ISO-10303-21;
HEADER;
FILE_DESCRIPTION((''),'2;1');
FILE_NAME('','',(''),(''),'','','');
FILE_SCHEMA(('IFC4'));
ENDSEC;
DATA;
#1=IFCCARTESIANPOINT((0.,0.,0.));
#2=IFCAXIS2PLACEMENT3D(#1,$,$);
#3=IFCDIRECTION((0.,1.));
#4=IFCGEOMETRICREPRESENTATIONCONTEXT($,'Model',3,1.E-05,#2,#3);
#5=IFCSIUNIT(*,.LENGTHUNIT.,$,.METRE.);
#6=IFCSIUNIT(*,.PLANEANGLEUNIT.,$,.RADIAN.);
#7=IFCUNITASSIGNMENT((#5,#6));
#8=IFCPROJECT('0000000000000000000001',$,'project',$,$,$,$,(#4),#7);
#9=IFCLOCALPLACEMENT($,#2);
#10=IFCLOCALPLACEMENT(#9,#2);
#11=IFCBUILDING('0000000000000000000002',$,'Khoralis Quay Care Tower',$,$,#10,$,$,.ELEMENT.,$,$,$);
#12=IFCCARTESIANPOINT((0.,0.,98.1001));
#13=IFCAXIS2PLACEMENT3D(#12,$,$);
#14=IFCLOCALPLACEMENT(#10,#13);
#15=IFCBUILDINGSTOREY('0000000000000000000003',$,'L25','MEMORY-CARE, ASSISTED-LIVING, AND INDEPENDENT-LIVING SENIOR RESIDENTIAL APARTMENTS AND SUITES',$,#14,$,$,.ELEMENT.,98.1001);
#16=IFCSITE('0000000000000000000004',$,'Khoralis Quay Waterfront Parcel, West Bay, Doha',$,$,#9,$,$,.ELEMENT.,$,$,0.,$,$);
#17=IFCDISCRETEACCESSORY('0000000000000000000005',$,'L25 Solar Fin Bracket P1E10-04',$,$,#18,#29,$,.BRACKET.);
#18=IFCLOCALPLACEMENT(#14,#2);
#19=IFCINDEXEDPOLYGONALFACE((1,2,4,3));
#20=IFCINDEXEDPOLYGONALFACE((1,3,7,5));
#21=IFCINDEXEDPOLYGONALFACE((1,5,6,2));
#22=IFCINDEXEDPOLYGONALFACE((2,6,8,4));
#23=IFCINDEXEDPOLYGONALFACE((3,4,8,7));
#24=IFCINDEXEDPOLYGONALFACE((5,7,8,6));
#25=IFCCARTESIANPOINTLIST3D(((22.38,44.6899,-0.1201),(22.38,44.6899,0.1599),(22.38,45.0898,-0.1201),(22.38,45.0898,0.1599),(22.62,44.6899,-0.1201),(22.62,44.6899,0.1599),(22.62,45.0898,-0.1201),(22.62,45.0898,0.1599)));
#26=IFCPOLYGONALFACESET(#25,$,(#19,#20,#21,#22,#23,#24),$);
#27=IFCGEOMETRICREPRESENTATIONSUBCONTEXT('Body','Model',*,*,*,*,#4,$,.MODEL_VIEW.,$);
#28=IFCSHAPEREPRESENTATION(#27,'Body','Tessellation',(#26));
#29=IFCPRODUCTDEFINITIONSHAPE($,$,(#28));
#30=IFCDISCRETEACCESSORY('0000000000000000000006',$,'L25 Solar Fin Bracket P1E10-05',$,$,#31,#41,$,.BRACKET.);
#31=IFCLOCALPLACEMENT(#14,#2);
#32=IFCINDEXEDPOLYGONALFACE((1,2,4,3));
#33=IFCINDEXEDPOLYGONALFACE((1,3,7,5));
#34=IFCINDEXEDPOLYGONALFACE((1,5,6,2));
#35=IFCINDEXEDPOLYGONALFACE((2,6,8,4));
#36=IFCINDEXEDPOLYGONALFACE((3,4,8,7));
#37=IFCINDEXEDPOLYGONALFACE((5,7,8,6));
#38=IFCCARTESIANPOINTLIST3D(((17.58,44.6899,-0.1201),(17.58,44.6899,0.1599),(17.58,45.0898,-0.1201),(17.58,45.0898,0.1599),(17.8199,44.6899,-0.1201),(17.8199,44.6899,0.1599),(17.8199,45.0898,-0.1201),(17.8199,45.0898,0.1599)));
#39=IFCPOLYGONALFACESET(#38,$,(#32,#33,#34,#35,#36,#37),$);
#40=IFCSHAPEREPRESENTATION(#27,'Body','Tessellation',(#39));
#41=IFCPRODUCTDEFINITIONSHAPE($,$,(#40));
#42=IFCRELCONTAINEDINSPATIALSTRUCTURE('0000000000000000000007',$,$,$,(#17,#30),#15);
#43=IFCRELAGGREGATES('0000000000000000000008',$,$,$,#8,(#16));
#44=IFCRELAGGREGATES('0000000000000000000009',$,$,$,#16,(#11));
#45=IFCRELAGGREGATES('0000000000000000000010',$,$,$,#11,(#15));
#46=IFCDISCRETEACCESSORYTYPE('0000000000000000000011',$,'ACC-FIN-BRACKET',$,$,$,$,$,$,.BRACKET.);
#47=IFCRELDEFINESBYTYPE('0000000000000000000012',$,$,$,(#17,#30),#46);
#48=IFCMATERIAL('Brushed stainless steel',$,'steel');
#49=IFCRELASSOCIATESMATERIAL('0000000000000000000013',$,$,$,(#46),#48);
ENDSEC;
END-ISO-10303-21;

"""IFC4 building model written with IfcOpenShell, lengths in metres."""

from ifc_helpers import new_model, si_unit, direction, frame, origin, origin_2d, place, context, subcontext, project, spatial, rectangle, extrude, source, transform, mapped, material, type_object, element, save


model = new_model("IFC4")

# Units and contexts
model_context = context("Model", 3, precision=1e-05, world=origin(), true_north=direction((0.0, 1.0)))
body_context = subcontext(model_context, "Body", "Model", "MODEL_VIEW")
ifc_project = project(units=[si_unit("LENGTHUNIT", "METRE"), si_unit("PLANEANGLEUNIT", "RADIAN")], contexts=[model_context])

# Site, building, storey
site_placement = place(None, origin())
site = spatial("IfcSite", under=ifc_project, at=site_placement, Name="Khoralis Quay Waterfront Parcel, West Bay, Doha", CompositionType="ELEMENT", RefElevation=0.0)
building_placement = place(site_placement, origin())
building = spatial("IfcBuilding", under=site, at=building_placement, Name="Khoralis Quay Care Tower", CompositionType="ELEMENT")
storey_placement = place(building_placement, frame((0.0, 0.0, 98.1001)))
storey = spatial("IfcBuildingStorey", under=building, at=storey_placement, Name="L25", Description="MEMORY-CARE, ASSISTED-LIVING, AND INDEPENDENT-LIVING SENIOR RESIDENTIAL APARTMENTS AND SUITES", CompositionType="ELEMENT", Elevation=98.1001)

# Discrete accessories
ifc_material_1 = material(Name="Brushed stainless steel", Category="steel")
discrete_accessory_type = type_object("IfcDiscreteAccessoryType", Name="ACC-FIN-BRACKET", PredefinedType="BRACKET", material=ifc_material_1)
shared_shape_1 = source(origin(), body_context, "Body", "SweptSolid", [
    extrude(rectangle(XDim=0.3999, YDim=0.24, at=origin_2d()), origin(), (0.0, 0.0, 1.0), 0.28),
])
for number, where, z_axis, x_axis, name in (
    (1, (22.5, 44.8899, -0.1201), (0.0, 0.0, 1.0), (0.0, 1.0, 0.0), "L25 Solar Fin Bracket P1E10-04"),
    (2, (17.7, 44.8899, -0.1201), (0.0, 0.0, 1.0), (0.0, 1.0, 0.0), "L25 Solar Fin Bracket P1E10-05"),
):
    element("IfcDiscreteAccessory", number, at=place(storey_placement, frame(where, z_axis=z_axis, x_axis=x_axis)), inside=storey, type_object=discrete_accessory_type, Name=name, PredefinedType="BRACKET", context=body_context, shape_type="MappedRepresentation", body=[
        mapped(shared_shape_1, transform((0.0, 0.0, 0.0), scale=1.0)),
    ])

save(model, "model.ifc")
